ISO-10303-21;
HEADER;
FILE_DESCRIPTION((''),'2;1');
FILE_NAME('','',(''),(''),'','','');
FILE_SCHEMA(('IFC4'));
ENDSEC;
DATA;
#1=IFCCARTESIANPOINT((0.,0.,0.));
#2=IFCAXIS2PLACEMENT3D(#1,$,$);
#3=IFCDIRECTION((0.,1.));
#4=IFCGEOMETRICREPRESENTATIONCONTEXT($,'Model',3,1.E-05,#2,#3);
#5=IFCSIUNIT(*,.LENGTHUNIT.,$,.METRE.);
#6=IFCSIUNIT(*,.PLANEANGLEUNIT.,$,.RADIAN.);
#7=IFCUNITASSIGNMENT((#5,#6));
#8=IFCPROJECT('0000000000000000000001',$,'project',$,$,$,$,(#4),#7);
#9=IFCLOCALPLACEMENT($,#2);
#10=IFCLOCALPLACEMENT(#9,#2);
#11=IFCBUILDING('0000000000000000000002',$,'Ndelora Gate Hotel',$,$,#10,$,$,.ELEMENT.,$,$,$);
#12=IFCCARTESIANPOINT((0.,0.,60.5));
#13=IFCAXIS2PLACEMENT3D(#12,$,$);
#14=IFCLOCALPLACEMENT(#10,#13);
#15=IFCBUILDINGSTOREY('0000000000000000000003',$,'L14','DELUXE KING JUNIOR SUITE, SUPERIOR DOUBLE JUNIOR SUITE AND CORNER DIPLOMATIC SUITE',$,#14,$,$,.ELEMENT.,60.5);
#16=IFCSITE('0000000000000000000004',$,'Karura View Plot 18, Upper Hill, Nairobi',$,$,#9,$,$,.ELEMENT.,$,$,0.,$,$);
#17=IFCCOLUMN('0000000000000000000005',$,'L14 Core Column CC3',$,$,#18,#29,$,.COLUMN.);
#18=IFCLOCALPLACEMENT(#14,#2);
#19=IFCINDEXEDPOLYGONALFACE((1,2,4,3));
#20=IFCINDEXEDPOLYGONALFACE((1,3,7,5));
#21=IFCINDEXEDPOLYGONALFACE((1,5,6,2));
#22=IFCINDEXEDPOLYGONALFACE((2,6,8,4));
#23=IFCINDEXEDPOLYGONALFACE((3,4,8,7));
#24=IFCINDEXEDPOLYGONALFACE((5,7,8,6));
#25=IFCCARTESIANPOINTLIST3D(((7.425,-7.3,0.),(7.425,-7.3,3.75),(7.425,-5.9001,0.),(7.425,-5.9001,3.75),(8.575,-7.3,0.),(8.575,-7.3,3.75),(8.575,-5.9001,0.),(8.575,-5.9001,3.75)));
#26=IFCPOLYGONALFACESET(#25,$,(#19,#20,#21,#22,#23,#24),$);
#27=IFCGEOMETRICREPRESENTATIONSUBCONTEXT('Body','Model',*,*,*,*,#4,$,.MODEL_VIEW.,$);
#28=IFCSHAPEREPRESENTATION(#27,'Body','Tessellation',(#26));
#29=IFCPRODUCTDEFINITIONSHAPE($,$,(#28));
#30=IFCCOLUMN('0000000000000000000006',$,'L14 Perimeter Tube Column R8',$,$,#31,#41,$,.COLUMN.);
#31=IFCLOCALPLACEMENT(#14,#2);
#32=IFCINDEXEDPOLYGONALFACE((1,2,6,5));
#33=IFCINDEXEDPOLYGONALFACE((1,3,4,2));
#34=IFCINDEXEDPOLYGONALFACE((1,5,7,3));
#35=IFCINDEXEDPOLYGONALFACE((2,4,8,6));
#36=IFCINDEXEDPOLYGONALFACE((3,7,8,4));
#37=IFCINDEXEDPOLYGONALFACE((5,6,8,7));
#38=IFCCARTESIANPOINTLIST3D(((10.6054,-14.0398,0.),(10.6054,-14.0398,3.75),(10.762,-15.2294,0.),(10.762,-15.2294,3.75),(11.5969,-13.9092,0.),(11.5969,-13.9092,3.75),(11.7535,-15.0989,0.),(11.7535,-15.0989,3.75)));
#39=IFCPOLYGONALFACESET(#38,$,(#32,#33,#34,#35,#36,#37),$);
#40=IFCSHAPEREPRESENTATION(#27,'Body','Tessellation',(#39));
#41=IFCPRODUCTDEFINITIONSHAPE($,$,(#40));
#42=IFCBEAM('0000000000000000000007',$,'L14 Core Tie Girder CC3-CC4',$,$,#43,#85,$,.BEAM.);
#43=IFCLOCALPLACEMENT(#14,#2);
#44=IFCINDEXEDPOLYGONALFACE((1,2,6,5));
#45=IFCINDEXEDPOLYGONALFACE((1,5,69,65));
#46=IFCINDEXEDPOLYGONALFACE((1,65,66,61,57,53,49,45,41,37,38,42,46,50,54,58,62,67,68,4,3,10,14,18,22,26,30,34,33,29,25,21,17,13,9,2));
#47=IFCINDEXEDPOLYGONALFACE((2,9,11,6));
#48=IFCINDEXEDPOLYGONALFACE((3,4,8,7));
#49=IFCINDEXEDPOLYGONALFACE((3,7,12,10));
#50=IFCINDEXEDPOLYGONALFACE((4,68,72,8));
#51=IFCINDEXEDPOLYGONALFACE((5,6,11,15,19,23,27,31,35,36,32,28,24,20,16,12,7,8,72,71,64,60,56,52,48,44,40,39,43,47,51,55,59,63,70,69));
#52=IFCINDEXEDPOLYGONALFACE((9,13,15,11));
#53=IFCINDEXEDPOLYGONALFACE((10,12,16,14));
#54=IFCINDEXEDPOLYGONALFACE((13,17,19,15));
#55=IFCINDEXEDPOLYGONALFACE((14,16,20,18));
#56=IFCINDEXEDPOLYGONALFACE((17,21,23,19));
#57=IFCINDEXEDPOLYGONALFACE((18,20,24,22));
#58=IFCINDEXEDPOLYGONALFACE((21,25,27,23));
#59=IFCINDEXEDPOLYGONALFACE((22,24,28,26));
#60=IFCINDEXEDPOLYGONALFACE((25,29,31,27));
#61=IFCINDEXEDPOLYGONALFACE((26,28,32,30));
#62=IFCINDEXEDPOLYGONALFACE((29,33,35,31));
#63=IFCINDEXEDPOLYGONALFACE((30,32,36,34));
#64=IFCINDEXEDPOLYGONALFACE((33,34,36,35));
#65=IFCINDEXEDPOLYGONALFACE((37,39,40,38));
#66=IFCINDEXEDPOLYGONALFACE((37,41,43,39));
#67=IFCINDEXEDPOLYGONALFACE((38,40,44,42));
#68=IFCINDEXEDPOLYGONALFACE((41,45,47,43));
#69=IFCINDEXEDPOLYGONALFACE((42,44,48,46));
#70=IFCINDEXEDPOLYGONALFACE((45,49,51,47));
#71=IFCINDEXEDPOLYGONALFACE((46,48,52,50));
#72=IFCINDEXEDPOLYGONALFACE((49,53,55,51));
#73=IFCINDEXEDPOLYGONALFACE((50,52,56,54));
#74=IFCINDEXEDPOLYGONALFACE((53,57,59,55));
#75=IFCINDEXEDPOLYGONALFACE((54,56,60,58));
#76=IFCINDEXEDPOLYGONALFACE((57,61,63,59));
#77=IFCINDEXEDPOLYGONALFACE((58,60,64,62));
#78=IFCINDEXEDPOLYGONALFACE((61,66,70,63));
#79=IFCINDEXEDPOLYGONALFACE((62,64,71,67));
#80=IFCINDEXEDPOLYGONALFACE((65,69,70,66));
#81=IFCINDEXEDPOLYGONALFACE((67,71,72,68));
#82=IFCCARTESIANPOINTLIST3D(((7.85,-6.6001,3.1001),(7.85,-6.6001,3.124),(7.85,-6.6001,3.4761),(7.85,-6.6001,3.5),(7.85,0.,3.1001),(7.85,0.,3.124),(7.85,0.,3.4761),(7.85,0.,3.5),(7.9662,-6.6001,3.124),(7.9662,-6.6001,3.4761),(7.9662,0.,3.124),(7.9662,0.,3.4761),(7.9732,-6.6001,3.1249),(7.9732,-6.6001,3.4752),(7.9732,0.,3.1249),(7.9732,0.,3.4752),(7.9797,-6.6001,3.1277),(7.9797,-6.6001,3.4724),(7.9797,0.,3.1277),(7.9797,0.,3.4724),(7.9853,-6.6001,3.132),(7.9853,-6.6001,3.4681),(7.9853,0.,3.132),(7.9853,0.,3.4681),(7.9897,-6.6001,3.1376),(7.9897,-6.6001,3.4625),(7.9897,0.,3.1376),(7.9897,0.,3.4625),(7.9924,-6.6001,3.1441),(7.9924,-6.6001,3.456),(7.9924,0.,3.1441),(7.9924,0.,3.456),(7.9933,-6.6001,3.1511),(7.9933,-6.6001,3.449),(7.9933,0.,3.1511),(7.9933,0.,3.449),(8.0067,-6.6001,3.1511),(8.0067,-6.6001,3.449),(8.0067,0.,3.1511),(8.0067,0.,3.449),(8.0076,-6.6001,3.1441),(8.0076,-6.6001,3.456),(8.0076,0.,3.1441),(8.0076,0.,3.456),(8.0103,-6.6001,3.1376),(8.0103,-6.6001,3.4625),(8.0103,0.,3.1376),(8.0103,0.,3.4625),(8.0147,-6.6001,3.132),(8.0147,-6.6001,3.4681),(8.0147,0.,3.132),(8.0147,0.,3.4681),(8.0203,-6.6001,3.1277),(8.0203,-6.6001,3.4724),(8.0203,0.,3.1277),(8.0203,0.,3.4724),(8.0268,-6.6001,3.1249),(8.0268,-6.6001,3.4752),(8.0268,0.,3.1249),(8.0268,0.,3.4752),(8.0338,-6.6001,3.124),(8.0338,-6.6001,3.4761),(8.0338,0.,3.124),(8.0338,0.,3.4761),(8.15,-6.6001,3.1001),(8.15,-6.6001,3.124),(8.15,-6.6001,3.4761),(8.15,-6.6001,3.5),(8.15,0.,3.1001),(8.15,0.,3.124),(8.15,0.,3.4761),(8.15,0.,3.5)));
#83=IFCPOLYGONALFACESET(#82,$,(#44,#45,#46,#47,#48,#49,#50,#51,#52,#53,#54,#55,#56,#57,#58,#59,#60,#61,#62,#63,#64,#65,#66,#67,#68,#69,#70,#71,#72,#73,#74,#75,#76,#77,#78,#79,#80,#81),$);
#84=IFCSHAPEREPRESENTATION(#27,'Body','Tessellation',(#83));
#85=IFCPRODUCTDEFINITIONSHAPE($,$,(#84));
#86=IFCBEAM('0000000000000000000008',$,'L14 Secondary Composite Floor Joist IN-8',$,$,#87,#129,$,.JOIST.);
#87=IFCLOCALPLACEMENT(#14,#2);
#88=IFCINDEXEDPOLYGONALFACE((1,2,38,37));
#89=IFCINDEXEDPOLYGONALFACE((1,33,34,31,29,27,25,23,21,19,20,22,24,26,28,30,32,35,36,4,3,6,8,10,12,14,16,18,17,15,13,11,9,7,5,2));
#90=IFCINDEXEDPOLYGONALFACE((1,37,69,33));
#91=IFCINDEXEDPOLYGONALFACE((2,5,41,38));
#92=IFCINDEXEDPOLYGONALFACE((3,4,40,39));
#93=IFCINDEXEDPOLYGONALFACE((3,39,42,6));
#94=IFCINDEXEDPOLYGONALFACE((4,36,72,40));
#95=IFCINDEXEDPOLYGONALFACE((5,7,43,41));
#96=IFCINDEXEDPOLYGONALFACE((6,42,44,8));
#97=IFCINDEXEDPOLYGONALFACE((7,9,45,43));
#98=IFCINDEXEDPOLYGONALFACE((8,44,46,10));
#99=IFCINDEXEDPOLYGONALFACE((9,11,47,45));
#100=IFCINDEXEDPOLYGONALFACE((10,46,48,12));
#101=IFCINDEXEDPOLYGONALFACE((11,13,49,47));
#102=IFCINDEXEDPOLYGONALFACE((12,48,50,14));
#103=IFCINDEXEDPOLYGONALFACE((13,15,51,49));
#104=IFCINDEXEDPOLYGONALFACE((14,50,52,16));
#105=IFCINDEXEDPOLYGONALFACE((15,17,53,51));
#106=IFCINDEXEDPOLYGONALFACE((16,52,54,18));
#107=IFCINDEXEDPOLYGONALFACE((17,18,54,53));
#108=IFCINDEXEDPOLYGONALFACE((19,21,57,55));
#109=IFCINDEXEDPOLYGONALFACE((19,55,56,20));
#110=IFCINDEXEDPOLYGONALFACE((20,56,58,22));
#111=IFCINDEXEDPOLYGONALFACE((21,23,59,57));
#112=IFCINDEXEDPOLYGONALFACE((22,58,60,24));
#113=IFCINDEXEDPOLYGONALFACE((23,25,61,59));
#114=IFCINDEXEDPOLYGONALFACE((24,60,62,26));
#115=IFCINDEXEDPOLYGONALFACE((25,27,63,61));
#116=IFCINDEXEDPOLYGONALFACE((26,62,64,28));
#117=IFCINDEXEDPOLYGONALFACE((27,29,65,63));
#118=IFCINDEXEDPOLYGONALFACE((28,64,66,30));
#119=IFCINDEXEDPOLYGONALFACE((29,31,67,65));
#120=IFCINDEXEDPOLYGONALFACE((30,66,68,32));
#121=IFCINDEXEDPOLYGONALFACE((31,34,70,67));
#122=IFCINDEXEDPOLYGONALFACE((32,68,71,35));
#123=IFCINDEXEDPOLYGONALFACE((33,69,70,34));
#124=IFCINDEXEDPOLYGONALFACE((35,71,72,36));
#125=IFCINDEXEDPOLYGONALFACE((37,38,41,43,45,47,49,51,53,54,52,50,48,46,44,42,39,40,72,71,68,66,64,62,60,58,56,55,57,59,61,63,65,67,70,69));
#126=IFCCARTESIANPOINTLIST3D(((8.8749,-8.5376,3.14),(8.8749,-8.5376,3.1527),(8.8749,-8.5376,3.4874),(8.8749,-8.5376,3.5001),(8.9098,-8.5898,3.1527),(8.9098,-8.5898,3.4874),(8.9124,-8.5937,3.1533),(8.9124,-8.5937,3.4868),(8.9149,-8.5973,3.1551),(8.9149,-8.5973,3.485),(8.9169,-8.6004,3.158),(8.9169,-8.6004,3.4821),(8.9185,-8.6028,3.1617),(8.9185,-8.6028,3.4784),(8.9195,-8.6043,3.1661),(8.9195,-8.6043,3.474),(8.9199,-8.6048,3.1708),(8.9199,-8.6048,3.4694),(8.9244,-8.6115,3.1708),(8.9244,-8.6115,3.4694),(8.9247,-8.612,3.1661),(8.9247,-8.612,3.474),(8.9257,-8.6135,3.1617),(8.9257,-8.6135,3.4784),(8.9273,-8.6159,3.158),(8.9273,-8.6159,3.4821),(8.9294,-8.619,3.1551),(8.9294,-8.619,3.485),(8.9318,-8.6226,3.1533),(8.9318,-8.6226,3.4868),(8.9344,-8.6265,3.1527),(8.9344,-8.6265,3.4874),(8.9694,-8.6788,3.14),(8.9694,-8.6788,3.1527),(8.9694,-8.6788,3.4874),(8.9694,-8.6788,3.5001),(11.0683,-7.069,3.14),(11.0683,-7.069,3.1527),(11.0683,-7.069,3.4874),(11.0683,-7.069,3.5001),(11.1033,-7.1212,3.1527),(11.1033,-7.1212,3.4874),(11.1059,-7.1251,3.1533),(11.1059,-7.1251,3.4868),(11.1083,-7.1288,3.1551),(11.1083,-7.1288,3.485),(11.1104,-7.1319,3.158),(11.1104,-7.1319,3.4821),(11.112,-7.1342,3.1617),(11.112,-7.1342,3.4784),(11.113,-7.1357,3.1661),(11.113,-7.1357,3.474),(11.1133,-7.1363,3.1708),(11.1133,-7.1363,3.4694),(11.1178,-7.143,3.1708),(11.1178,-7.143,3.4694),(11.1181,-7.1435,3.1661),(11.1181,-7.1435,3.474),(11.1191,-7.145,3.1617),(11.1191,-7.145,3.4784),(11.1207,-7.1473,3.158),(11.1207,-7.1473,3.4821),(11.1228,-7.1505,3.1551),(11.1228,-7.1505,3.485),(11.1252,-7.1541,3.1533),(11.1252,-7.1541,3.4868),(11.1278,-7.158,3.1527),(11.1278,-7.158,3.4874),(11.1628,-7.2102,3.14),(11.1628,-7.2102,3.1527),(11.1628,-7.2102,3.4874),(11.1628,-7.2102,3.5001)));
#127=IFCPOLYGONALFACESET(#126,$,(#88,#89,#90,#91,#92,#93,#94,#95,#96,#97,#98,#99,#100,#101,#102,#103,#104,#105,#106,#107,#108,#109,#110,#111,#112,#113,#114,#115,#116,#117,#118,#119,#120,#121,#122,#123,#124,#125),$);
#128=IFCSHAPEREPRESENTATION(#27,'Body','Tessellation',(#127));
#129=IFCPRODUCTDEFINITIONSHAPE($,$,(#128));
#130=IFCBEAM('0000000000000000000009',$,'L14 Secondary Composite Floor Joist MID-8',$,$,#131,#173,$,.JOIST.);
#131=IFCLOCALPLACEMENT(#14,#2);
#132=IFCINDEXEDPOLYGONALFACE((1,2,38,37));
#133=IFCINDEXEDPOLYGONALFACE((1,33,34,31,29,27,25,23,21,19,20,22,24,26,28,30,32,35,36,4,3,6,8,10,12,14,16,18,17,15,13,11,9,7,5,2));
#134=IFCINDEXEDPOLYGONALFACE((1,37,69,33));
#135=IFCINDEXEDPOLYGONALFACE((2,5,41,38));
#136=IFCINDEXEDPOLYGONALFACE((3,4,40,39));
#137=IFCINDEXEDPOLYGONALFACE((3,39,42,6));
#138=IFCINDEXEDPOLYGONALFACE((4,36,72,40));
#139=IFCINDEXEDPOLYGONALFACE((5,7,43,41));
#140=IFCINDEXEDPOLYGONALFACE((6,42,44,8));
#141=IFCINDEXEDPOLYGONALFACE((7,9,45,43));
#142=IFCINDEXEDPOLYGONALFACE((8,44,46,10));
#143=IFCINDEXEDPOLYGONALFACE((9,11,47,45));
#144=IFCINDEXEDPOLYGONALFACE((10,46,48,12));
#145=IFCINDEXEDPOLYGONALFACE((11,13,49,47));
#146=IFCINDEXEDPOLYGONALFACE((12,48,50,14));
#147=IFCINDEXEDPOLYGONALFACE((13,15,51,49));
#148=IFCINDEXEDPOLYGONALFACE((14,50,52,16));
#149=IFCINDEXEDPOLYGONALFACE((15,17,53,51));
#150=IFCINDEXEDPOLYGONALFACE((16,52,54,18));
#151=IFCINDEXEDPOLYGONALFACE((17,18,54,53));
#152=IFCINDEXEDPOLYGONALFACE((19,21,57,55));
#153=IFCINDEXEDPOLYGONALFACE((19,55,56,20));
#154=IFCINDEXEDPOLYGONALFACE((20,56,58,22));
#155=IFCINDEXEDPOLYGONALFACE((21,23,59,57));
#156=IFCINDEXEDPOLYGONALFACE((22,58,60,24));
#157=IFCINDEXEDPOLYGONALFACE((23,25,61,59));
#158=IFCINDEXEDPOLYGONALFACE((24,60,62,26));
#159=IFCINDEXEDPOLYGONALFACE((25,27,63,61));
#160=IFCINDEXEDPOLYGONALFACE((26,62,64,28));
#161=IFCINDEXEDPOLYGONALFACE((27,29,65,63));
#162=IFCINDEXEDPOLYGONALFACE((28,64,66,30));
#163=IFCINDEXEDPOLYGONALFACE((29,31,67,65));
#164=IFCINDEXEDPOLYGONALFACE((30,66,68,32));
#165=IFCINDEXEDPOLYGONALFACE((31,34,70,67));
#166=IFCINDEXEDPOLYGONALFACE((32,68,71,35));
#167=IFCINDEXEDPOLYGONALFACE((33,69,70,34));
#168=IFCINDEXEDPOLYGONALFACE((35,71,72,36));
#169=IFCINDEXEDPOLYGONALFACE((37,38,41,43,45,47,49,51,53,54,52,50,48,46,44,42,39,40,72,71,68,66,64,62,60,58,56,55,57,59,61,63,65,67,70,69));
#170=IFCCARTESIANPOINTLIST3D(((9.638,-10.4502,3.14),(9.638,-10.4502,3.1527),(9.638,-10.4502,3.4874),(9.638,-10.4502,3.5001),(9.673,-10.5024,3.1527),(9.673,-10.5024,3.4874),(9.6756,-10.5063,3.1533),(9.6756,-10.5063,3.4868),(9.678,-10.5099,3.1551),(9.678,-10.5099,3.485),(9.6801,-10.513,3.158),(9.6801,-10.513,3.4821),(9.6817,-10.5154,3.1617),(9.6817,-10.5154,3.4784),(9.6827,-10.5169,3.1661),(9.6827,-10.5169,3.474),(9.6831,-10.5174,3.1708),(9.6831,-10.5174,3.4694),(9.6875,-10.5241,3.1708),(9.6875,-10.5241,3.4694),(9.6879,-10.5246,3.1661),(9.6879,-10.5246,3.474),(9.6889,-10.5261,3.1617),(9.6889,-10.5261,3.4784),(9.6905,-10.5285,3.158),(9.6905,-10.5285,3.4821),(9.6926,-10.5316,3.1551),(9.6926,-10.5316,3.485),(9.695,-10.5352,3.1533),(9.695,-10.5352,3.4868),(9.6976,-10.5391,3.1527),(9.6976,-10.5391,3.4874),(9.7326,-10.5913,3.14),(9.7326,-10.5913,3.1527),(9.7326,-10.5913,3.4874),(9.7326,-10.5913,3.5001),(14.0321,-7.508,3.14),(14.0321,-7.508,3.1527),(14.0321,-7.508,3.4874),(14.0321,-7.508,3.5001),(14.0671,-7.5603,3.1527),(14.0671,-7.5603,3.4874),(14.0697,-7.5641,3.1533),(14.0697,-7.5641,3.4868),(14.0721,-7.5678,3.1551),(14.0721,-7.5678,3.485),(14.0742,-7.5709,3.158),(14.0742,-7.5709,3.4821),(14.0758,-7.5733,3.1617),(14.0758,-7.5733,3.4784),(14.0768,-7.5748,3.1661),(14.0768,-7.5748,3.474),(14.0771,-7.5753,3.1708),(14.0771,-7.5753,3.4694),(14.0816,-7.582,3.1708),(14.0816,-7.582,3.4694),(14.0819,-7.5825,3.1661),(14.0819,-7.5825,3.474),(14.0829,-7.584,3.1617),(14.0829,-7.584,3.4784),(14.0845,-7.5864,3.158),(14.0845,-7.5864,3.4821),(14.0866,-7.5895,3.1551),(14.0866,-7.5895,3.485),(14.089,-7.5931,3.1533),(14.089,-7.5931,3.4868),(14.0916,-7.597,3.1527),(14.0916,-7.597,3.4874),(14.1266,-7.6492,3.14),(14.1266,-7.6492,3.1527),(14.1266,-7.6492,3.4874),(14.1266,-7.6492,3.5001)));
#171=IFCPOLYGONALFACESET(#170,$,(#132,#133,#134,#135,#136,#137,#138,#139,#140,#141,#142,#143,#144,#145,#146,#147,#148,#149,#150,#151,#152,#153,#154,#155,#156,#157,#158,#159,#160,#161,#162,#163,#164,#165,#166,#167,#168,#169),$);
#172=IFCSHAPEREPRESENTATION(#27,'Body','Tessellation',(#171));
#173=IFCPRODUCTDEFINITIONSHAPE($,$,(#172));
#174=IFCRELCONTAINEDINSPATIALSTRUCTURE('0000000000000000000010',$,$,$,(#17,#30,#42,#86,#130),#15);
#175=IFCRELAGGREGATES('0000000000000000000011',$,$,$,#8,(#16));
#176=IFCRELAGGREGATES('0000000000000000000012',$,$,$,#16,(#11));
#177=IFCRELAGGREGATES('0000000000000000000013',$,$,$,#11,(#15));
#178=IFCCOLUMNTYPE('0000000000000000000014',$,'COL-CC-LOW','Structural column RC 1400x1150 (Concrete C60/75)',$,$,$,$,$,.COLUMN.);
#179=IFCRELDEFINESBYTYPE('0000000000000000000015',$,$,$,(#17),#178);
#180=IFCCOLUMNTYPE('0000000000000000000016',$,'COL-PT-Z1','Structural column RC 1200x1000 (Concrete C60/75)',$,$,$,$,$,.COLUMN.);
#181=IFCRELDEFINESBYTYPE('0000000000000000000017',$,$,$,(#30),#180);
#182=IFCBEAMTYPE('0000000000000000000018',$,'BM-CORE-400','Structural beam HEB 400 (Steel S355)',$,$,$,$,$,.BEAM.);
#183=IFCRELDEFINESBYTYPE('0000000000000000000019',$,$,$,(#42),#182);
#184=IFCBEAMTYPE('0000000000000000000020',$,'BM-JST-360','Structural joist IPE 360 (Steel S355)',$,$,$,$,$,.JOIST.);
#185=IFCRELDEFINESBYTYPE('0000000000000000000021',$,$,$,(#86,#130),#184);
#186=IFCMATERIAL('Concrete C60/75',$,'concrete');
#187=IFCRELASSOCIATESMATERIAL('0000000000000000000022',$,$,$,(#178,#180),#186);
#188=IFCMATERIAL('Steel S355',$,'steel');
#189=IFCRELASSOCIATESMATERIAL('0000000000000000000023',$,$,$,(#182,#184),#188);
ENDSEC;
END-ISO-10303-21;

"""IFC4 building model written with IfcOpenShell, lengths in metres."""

from ifc_helpers import new_model, si_unit, direction, frame, origin, origin_2d, place, context, subcontext, project, spatial, rectangle, i_section, extrude, material, material_profile, profile_set, type_object, element, save


model = new_model("IFC4")

# Units and contexts
model_context = context("Model", 3, precision=1e-05, world=origin(), true_north=direction((0.0, 1.0)))
body_context = subcontext(model_context, "Body", "Model", "MODEL_VIEW")
ifc_project = project(units=[si_unit("LENGTHUNIT", "METRE"), si_unit("PLANEANGLEUNIT", "RADIAN")], contexts=[model_context])

# Site, building, storey
site_placement = place(None, origin())
site = spatial("IfcSite", under=ifc_project, at=site_placement, Name="Karura View Plot 18, Upper Hill, Nairobi", CompositionType="ELEMENT", RefElevation=0.0)
building_placement = place(site_placement, origin())
building = spatial("IfcBuilding", under=site, at=building_placement, Name="Ndelora Gate Hotel", CompositionType="ELEMENT")
storey_placement = place(building_placement, frame((0.0, 0.0, 60.5)))
storey = spatial("IfcBuildingStorey", under=building, at=storey_placement, Name="L14", Description="DELUXE KING JUNIOR SUITE, SUPERIOR DOUBLE JUNIOR SUITE AND CORNER DIPLOMATIC SUITE", CompositionType="ELEMENT", Elevation=60.5)

# Columns
ifc_material_1 = material(Name="Concrete C60/75", Category="concrete")
ifc_material_profile_1 = material_profile(ifc_material_1, rectangle(XDim=1.1499, YDim=1.3999, at=origin_2d()), Name="RC 1400x1150")
ifc_profile_set_1 = profile_set([ifc_material_profile_1], Name="Concrete C60/75")
column_type_1 = type_object("IfcColumnType", Name="COL-CC-LOW", Description="Structural column RC 1400x1150 (Concrete C60/75)", PredefinedType="COLUMN", material=ifc_profile_set_1)
column_1_placement = place(storey_placement, frame((8.0, -6.6001, 0.0), z_axis=(0.0, 0.0, 1.0), x_axis=(1.0, 0.0, 0.0)))
element("IfcColumn", 1, at=column_1_placement, inside=storey, type_object=column_type_1, Name="L14 Core Column CC3", PredefinedType="COLUMN", context=body_context, shape_type="SweptSolid", body=[
    extrude(rectangle(XDim=1.1499, YDim=1.3999, at=origin_2d()), origin(), (0.0, 0.0, 1.0), 3.75),
])
ifc_material_profile_2 = material_profile(ifc_material_1, rectangle(XDim=1.0, YDim=1.2, at=origin_2d()), Name="RC 1200x1000")
ifc_profile_set_2 = profile_set([ifc_material_profile_2], Name="Concrete C60/75")
column_type_2 = type_object("IfcColumnType", Name="COL-PT-Z1", Description="Structural column RC 1200x1000 (Concrete C60/75)", PredefinedType="COLUMN", material=ifc_profile_set_2)
column_2_placement = place(storey_placement, frame((11.1794, -14.5693, 0.0), z_axis=(0.0, 0.0, 1.0), x_axis=(0.991445, 0.130526, 0.0)))
element("IfcColumn", 2, at=column_2_placement, inside=storey, type_object=column_type_2, Name="L14 Perimeter Tube Column R8", PredefinedType="COLUMN", context=body_context, shape_type="SweptSolid", body=[
    extrude(rectangle(XDim=1.0, YDim=1.2, at=origin_2d()), origin(), (0.0, 0.0, 1.0), 3.75),
])

# Beams
ifc_material_2 = material(Name="Steel S355", Category="steel")
ifc_material_profile_3 = material_profile(ifc_material_2, i_section(OverallWidth=0.3, OverallDepth=0.3999, WebThickness=0.0134, FlangeThickness=0.0239, FilletRadius=0.0271, at=origin_2d()), Name="HEB 400")
ifc_profile_set_3 = profile_set([ifc_material_profile_3], Name="Steel S355")
beam_type_1 = type_object("IfcBeamType", Name="BM-CORE-400", Description="Structural beam HEB 400 (Steel S355)", PredefinedType="BEAM", material=ifc_profile_set_3)
beam_1_placement = place(storey_placement, frame((8.0, -6.6001, 3.3), z_axis=(0.0, 1.0, 0.0), x_axis=(-1.0, 0.0, 0.0)))
element("IfcBeam", 3, at=beam_1_placement, inside=storey, type_object=beam_type_1, Name="L14 Core Tie Girder CC3-CC4", PredefinedType="BEAM", context=body_context, shape_type="SweptSolid", body=[
    extrude(i_section(OverallWidth=0.3, OverallDepth=0.3999, WebThickness=0.0134, FlangeThickness=0.0239, FilletRadius=0.0271, at=origin_2d()), origin(), (0.0, 0.0, 1.0), 6.6001),
])
ifc_material_profile_4 = material_profile(ifc_material_2, i_section(OverallWidth=0.1699, OverallDepth=0.3601, WebThickness=0.0081, FlangeThickness=0.0127, FilletRadius=0.0181, at=origin_2d()), Name="IPE 360")
ifc_profile_set_4 = profile_set([ifc_material_profile_4], Name="Steel S355")
beam_type_2 = type_object("IfcBeamType", Name="BM-JST-360", Description="Structural joist IPE 360 (Steel S355)", PredefinedType="JOIST", material=ifc_profile_set_4)
beam_2_placement = place(storey_placement, frame((8.9221, -8.6082, 3.3201), z_axis=(0.830953, 0.556343, 0.0), x_axis=(-0.556343, 0.830953, 0.0)))
element("IfcBeam", 4, at=beam_2_placement, inside=storey, type_object=beam_type_2, Name="L14 Secondary Composite Floor Joist IN-8", PredefinedType="JOIST", context=body_context, shape_type="SweptSolid", body=[
    extrude(i_section(OverallWidth=0.1699, OverallDepth=0.3601, WebThickness=0.0081, FlangeThickness=0.0127, FilletRadius=0.0181, at=origin_2d()), origin(), (0.0, 0.0, 1.0), 2.6396),
])
beam_3_placement = place(storey_placement, frame((9.6853, -10.5208, 3.3201), z_axis=(0.830933, 0.556372, 0.0), x_axis=(-0.556372, 0.830933, 0.0)))
element("IfcBeam", 5, at=beam_3_placement, inside=storey, type_object=beam_type_2, Name="L14 Secondary Composite Floor Joist MID-8", PredefinedType="JOIST", context=body_context, shape_type="SweptSolid", body=[
    extrude(i_section(OverallWidth=0.1699, OverallDepth=0.3601, WebThickness=0.0081, FlangeThickness=0.0127, FilletRadius=0.0181, at=origin_2d()), origin(), (0.0, 0.0, 1.0), 5.2881),
])

save(model, "model.ifc")
